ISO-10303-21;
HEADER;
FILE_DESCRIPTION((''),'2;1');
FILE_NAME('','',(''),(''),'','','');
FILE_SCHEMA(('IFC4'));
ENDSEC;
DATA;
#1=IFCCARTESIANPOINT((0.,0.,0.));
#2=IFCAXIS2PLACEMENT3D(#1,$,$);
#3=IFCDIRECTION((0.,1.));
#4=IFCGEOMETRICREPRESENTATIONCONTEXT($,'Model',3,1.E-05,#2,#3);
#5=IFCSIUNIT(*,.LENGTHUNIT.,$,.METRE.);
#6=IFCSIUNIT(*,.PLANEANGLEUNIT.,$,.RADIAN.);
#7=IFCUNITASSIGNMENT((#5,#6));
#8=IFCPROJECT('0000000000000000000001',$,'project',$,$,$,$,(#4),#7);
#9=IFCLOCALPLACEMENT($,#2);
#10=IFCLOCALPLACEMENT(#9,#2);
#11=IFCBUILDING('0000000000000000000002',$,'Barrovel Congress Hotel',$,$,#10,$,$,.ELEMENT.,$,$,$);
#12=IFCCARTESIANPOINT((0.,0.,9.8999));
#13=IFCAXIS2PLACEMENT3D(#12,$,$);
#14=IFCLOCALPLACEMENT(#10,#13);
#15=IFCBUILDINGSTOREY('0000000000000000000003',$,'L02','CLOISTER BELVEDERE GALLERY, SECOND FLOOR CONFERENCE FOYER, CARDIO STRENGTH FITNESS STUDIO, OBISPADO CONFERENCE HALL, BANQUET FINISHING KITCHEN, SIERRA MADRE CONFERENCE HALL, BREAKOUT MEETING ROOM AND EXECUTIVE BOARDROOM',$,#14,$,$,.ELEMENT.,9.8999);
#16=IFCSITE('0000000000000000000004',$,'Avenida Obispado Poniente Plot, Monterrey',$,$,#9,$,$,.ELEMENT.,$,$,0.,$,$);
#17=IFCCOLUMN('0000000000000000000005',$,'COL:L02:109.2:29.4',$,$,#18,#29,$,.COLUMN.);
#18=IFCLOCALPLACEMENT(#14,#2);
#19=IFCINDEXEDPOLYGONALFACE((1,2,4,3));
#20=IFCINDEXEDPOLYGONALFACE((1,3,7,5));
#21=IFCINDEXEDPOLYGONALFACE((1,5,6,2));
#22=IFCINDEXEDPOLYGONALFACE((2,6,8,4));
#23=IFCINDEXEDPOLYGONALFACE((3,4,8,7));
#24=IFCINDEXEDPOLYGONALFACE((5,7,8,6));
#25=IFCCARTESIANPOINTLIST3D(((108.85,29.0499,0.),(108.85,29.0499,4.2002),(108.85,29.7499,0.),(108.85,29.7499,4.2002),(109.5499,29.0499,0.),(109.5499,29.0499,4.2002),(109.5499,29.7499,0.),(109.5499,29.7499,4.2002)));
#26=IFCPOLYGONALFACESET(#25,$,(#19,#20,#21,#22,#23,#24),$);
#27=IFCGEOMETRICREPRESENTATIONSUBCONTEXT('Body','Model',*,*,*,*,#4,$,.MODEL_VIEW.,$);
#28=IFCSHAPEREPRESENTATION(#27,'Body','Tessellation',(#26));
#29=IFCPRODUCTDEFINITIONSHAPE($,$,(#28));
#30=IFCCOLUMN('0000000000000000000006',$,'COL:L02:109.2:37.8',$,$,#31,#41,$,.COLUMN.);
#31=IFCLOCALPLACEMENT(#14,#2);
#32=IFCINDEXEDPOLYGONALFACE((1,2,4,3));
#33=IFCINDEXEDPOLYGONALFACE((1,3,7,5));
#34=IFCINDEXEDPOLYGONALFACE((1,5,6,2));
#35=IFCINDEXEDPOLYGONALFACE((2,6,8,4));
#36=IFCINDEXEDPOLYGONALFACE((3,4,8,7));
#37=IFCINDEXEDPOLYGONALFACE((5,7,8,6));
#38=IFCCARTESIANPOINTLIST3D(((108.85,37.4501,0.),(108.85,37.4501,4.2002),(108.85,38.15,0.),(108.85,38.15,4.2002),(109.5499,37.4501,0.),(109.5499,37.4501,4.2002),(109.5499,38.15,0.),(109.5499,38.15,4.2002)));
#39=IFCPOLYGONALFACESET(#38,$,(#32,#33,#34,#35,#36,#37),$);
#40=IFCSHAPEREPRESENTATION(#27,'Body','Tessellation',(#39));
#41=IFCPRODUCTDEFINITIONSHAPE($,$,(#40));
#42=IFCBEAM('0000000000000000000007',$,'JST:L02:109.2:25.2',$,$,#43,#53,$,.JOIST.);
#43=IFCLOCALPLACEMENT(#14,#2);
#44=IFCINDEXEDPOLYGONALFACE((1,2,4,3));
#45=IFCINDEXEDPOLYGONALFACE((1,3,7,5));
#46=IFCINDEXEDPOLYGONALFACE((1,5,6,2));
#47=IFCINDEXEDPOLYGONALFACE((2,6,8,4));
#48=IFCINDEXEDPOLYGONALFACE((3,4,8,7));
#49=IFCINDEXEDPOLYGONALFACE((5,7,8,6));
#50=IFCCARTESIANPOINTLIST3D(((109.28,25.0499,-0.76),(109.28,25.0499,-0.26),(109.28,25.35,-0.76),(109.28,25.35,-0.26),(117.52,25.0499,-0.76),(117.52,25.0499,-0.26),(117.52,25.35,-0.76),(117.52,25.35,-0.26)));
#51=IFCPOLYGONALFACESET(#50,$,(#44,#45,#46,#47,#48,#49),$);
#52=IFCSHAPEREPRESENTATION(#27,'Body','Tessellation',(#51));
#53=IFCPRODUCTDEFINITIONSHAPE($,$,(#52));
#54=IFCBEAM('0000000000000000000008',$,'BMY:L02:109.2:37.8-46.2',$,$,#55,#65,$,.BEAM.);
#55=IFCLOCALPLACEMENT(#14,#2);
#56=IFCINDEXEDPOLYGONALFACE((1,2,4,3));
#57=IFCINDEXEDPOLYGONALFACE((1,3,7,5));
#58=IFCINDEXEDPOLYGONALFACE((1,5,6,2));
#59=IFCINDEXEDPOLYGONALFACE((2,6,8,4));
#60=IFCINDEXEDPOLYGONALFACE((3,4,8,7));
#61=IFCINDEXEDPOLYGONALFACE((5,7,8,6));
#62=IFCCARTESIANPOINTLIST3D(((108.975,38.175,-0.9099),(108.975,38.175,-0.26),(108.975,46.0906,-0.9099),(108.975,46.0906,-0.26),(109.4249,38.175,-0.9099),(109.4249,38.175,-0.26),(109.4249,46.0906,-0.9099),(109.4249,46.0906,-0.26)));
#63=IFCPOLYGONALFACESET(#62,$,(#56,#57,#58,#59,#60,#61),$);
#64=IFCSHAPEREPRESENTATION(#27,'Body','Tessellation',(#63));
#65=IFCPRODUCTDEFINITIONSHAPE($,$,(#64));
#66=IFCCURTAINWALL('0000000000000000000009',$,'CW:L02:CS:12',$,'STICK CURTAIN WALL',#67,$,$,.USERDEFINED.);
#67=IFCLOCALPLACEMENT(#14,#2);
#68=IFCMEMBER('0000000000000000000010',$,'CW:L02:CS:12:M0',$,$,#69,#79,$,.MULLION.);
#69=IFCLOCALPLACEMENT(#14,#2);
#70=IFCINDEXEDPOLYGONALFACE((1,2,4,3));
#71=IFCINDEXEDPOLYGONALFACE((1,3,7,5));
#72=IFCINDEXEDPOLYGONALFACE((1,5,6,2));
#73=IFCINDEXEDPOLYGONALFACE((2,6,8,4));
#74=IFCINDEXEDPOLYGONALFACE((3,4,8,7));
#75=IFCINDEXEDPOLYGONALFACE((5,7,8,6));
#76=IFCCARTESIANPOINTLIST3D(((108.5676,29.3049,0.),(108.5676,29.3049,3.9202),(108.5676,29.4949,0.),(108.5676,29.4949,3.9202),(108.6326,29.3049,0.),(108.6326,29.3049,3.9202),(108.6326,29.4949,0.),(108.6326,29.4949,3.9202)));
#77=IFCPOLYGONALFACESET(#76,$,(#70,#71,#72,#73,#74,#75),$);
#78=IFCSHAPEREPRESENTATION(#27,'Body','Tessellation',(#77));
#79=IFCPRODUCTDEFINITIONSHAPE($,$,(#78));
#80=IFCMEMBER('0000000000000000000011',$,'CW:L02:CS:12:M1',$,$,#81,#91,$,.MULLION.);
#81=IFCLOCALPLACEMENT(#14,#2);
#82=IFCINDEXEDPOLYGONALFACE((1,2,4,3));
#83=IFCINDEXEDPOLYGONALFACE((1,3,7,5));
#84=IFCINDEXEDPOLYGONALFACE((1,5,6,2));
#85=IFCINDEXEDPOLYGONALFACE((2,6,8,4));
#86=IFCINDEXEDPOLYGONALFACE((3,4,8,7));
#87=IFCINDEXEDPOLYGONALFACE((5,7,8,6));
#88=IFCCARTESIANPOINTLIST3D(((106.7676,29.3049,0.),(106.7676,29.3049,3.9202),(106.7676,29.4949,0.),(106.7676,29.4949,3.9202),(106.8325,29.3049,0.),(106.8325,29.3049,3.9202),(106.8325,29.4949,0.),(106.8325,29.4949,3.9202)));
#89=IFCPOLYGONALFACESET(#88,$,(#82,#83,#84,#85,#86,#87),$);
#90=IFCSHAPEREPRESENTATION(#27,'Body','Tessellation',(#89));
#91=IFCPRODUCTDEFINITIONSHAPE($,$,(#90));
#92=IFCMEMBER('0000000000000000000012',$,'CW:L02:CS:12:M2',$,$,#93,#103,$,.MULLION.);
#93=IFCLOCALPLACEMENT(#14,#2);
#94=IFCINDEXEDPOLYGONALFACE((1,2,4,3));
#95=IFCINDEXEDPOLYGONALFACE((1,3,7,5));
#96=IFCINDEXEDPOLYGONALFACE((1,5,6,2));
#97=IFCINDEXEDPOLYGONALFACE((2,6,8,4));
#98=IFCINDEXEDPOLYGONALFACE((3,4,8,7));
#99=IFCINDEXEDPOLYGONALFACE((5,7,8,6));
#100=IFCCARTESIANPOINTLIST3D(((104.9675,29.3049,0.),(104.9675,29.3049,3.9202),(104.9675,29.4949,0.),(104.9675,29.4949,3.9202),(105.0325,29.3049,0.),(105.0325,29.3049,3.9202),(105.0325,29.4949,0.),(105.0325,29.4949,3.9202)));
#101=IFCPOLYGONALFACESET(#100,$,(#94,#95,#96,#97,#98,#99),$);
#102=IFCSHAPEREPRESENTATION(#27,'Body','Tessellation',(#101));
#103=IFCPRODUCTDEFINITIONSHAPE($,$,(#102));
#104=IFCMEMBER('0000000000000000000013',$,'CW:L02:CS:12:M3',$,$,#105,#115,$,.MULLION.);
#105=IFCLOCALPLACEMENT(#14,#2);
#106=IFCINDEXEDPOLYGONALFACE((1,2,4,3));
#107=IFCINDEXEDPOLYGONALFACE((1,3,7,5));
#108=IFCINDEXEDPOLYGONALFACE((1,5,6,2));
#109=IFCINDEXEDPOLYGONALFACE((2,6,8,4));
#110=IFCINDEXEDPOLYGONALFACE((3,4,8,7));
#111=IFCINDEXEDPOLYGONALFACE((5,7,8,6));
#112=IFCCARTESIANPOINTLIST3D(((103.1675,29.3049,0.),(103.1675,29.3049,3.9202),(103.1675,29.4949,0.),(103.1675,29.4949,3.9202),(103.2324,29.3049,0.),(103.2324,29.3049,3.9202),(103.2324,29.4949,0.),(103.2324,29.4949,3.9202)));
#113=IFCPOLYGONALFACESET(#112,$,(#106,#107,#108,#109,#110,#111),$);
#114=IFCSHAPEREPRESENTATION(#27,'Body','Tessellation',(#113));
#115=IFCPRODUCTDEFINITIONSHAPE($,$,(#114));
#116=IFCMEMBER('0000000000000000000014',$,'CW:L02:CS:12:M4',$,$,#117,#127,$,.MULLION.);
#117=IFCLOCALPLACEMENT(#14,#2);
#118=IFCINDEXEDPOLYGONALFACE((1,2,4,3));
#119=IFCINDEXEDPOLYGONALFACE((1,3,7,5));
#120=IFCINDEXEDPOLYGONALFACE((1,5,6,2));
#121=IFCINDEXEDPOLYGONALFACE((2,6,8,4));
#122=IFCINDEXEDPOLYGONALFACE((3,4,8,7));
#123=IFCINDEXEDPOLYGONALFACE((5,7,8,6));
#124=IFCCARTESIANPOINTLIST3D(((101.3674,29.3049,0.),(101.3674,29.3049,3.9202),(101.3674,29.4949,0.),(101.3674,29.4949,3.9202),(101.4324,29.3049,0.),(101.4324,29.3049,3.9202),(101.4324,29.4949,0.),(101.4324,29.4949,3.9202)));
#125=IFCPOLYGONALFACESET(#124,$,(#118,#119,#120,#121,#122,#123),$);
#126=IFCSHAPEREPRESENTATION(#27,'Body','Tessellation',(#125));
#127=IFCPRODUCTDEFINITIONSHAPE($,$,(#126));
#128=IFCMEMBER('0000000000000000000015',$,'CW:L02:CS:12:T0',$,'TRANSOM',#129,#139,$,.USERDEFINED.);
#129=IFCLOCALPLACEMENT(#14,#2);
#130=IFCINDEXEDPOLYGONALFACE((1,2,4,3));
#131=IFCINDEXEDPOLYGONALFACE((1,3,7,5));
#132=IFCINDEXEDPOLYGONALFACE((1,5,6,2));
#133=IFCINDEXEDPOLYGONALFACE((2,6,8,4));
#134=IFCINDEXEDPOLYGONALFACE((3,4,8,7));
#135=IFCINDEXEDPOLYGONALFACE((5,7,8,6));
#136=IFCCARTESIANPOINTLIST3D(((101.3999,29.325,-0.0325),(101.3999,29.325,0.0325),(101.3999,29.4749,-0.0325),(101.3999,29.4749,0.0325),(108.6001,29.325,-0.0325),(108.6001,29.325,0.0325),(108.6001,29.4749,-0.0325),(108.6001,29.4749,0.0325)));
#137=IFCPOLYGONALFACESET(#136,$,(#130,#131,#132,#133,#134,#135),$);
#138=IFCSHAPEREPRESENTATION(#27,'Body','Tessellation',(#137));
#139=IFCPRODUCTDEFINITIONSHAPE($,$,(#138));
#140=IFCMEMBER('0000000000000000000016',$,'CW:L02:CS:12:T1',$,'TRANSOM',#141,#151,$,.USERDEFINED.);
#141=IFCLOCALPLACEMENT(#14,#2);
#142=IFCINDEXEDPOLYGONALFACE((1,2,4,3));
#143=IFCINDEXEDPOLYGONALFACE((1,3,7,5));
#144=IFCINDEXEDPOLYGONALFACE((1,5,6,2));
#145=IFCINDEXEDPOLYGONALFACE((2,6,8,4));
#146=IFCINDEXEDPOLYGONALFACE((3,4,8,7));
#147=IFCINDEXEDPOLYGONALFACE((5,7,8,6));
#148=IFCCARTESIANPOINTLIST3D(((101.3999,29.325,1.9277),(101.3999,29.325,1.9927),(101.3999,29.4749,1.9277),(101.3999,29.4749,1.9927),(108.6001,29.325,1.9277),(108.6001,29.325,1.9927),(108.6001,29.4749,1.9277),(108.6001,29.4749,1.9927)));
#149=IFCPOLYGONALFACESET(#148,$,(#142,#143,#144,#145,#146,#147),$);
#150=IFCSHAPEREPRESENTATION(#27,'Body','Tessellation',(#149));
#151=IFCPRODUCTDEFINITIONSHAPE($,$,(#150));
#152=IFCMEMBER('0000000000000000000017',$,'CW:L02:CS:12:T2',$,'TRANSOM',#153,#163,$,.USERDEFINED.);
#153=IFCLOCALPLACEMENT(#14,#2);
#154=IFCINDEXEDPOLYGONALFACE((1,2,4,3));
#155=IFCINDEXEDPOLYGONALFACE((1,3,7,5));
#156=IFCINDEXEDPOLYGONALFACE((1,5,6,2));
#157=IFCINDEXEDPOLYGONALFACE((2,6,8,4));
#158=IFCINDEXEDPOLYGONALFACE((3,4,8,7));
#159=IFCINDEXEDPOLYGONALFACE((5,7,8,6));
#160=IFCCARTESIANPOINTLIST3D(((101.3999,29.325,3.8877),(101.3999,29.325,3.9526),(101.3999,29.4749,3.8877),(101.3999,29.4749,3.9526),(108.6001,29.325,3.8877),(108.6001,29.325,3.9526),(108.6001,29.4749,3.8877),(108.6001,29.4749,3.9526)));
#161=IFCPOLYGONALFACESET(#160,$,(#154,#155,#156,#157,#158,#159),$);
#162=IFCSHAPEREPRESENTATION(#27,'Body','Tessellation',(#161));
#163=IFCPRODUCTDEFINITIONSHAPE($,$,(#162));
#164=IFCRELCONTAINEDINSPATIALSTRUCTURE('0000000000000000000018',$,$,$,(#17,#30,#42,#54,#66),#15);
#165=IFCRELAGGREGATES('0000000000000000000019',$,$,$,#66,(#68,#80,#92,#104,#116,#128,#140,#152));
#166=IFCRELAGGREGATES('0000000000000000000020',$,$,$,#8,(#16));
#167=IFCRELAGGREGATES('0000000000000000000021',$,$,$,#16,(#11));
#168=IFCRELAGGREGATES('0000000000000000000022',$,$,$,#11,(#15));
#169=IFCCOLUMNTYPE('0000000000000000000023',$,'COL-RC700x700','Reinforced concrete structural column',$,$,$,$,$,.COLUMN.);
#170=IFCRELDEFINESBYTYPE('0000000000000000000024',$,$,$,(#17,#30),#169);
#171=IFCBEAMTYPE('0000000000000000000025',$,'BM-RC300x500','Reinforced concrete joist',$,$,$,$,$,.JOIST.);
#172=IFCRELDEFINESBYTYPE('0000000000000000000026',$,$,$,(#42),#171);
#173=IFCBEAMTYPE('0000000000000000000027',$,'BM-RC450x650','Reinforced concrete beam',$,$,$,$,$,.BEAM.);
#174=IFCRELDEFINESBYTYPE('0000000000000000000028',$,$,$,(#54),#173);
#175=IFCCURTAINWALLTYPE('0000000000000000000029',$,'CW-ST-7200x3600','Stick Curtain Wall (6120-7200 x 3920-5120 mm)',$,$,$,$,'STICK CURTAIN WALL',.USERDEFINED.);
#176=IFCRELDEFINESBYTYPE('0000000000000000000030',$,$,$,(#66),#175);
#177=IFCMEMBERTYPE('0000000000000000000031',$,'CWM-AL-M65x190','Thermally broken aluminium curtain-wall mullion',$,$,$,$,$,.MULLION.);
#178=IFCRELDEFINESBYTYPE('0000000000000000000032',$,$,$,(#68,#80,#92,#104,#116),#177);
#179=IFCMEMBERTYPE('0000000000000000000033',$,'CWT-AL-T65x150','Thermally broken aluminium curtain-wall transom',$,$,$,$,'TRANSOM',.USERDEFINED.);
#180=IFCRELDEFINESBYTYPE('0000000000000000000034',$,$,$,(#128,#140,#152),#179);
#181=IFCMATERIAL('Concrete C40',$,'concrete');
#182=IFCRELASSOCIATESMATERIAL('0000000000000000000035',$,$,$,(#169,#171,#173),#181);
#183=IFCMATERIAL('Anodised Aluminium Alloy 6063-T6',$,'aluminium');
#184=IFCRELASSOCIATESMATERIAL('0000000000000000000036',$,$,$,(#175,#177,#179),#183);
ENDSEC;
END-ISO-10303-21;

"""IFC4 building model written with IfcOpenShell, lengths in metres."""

from ifc_helpers import new_model, si_unit, direction, frame, origin, origin_2d, place, context, subcontext, project, spatial, rectangle, extrude, material, material_profile, profile_set, type_object, element, aggregate, save


model = new_model("IFC4")

# Units and contexts
model_context = context("Model", 3, precision=1e-05, world=origin(), true_north=direction((0.0, 1.0)))
body_context = subcontext(model_context, "Body", "Model", "MODEL_VIEW")
ifc_project = project(units=[si_unit("LENGTHUNIT", "METRE"), si_unit("PLANEANGLEUNIT", "RADIAN")], contexts=[model_context])

# Site, building, storey
site_placement = place(None, origin())
site = spatial("IfcSite", under=ifc_project, at=site_placement, Name="Avenida Obispado Poniente Plot, Monterrey", CompositionType="ELEMENT", RefElevation=0.0)
building_placement = place(site_placement, origin())
building = spatial("IfcBuilding", under=site, at=building_placement, Name="Barrovel Congress Hotel", CompositionType="ELEMENT")
storey_placement = place(building_placement, frame((0.0, 0.0, 9.8999)))
storey = spatial("IfcBuildingStorey", under=building, at=storey_placement, Name="L02", Description="CLOISTER BELVEDERE GALLERY, SECOND FLOOR CONFERENCE FOYER, CARDIO STRENGTH FITNESS STUDIO, OBISPADO CONFERENCE HALL, BANQUET FINISHING KITCHEN, SIERRA MADRE CONFERENCE HALL, BREAKOUT MEETING ROOM AND EXECUTIVE BOARDROOM", CompositionType="ELEMENT", Elevation=9.8999)

# Columns
ifc_material_1 = material(Name="Concrete C40", Category="concrete")
ifc_material_profile_1 = material_profile(ifc_material_1, rectangle(XDim=0.7, YDim=0.7, at=origin_2d()), Name="RC700x700")
ifc_profile_set_1 = profile_set([ifc_material_profile_1], Name="Concrete C40")
column_type = type_object("IfcColumnType", Name="COL-RC700x700", Description="Reinforced concrete structural column", PredefinedType="COLUMN", material=ifc_profile_set_1)
for number, where, z_axis, x_axis, name in (
    (1, (109.2, 29.3999, 0.0), (0.0, 0.0, 1.0), (1.0, 0.0, 0.0), "COL:L02:109.2:29.4"),
    (2, (109.2, 37.8, 0.0), (0.0, 0.0, 1.0), (1.0, 0.0, 0.0), "COL:L02:109.2:37.8"),
):
    element("IfcColumn", number, at=place(storey_placement, frame(where, z_axis=z_axis, x_axis=x_axis)), inside=storey, type_object=column_type, Name=name, PredefinedType="COLUMN", context=body_context, shape_type="SweptSolid", body=[
        extrude(rectangle(XDim=0.7, YDim=0.7, at=origin_2d()), origin(), (0.0, 0.0, 1.0), 4.2002),
    ])

# Beams
ifc_material_profile_2 = material_profile(ifc_material_1, rectangle(XDim=0.3, YDim=0.5, at=origin_2d()), Name="RC300x500")
ifc_profile_set_2 = profile_set([ifc_material_profile_2], Name="Concrete C40")
beam_type_1 = type_object("IfcBeamType", Name="BM-RC300x500", Description="Reinforced concrete joist", PredefinedType="JOIST", material=ifc_profile_set_2)
beam_1_placement = place(storey_placement, frame((109.28, 25.2, -0.51), z_axis=(1.0, 0.0, 0.0), x_axis=(0.0, 1.0, 0.0)))
element("IfcBeam", 3, at=beam_1_placement, inside=storey, type_object=beam_type_1, Name="JST:L02:109.2:25.2", PredefinedType="JOIST", context=body_context, shape_type="SweptSolid", body=[
    extrude(rectangle(XDim=0.3, YDim=0.5, at=origin_2d()), origin(), (0.0, 0.0, 1.0), 8.24),
])
ifc_material_profile_3 = material_profile(ifc_material_1, rectangle(XDim=0.45, YDim=0.6499, at=origin_2d()), Name="RC450x650")
ifc_profile_set_3 = profile_set([ifc_material_profile_3], Name="Concrete C40")
beam_type_2 = type_object("IfcBeamType", Name="BM-RC450x650", Description="Reinforced concrete beam", PredefinedType="BEAM", material=ifc_profile_set_3)
beam_2_placement = place(storey_placement, frame((109.2, 38.175, -0.585), z_axis=(0.0, 1.0, 0.0), x_axis=(-1.0, 0.0, 0.0)))
element("IfcBeam", 4, at=beam_2_placement, inside=storey, type_object=beam_type_2, Name="BMY:L02:109.2:37.8-46.2", PredefinedType="BEAM", context=body_context, shape_type="SweptSolid", body=[
    extrude(rectangle(XDim=0.45, YDim=0.6499, at=origin_2d()), origin(), (0.0, 0.0, 1.0), 7.9155),
])

# Curtain wall, members
ifc_material_2 = material(Name="Anodised Aluminium Alloy 6063-T6", Category="aluminium")
curtain_wall_type = type_object("IfcCurtainWallType", Name="CW-ST-7200x3600", Description="Stick Curtain Wall (6120-7200 x 3920-5120 mm)", ElementType="STICK CURTAIN WALL", PredefinedType="USERDEFINED", material=ifc_material_2)
curtain_wall_placement = place(storey_placement, origin())
curtain_wall = element("IfcCurtainWall", 5, at=curtain_wall_placement, inside=storey, type_object=curtain_wall_type, Name="CW:L02:CS:12", ObjectType="STICK CURTAIN WALL", PredefinedType="USERDEFINED")
ifc_material_profile_4 = material_profile(ifc_material_2, rectangle(XDim=0.0649, YDim=0.1899, at=origin_2d()), Name="AL-M65x190")
ifc_profile_set_4 = profile_set([ifc_material_profile_4], Name="Anodised Aluminium Alloy 6063-T6")
member_type_1 = type_object("IfcMemberType", Name="CWM-AL-M65x190", Description="Thermally broken aluminium curtain-wall mullion", PredefinedType="MULLION", material=ifc_profile_set_4)
member_1_placement = place(storey_placement, frame((108.6001, 29.3999, 0.0), z_axis=(0.0, 0.0, 1.0), x_axis=(1.0, 0.0, 0.0)))
member_1 = element("IfcMember", 6, at=member_1_placement, type_object=member_type_1, Name="CW:L02:CS:12:M0", PredefinedType="MULLION", context=body_context, shape_type="SweptSolid", body=[
    extrude(rectangle(XDim=0.0649, YDim=0.1899, at=origin_2d()), origin(), (0.0, 0.0, 1.0), 3.9202),
])
member_2_placement = place(storey_placement, frame((106.8, 29.3999, 0.0), z_axis=(0.0, 0.0, 1.0), x_axis=(1.0, 0.0, 0.0)))
member_2 = element("IfcMember", 7, at=member_2_placement, type_object=member_type_1, Name="CW:L02:CS:12:M1", PredefinedType="MULLION", context=body_context, shape_type="SweptSolid", body=[
    extrude(rectangle(XDim=0.0649, YDim=0.1899, at=origin_2d()), origin(), (0.0, 0.0, 1.0), 3.9202),
])
member_3_placement = place(storey_placement, frame((105.0, 29.3999, 0.0), z_axis=(0.0, 0.0, 1.0), x_axis=(1.0, 0.0, 0.0)))
member_3 = element("IfcMember", 8, at=member_3_placement, type_object=member_type_1, Name="CW:L02:CS:12:M2", PredefinedType="MULLION", context=body_context, shape_type="SweptSolid", body=[
    extrude(rectangle(XDim=0.0649, YDim=0.1899, at=origin_2d()), origin(), (0.0, 0.0, 1.0), 3.9202),
])
member_4_placement = place(storey_placement, frame((103.2, 29.3999, 0.0), z_axis=(0.0, 0.0, 1.0), x_axis=(1.0, 0.0, 0.0)))
member_4 = element("IfcMember", 9, at=member_4_placement, type_object=member_type_1, Name="CW:L02:CS:12:M3", PredefinedType="MULLION", context=body_context, shape_type="SweptSolid", body=[
    extrude(rectangle(XDim=0.0649, YDim=0.1899, at=origin_2d()), origin(), (0.0, 0.0, 1.0), 3.9202),
])
member_5_placement = place(storey_placement, frame((101.3999, 29.3999, 0.0), z_axis=(0.0, 0.0, 1.0), x_axis=(1.0, 0.0, 0.0)))
member_5 = element("IfcMember", 10, at=member_5_placement, type_object=member_type_1, Name="CW:L02:CS:12:M4", PredefinedType="MULLION", context=body_context, shape_type="SweptSolid", body=[
    extrude(rectangle(XDim=0.0649, YDim=0.1899, at=origin_2d()), origin(), (0.0, 0.0, 1.0), 3.9202),
])
ifc_material_profile_5 = material_profile(ifc_material_2, rectangle(XDim=0.1499, YDim=0.0649, at=origin_2d()), Name="AL-T65x150")
ifc_profile_set_5 = profile_set([ifc_material_profile_5], Name="Anodised Aluminium Alloy 6063-T6")
member_type_2 = type_object("IfcMemberType", Name="CWT-AL-T65x150", Description="Thermally broken aluminium curtain-wall transom", ElementType="TRANSOM", PredefinedType="USERDEFINED", material=ifc_profile_set_5)
member_6_placement = place(storey_placement, frame((108.6001, 29.3999, 0.0), z_axis=(-1.0, 0.0, 0.0), x_axis=(0.0, -1.0, 0.0)))
member_6 = element("IfcMember", 11, at=member_6_placement, type_object=member_type_2, Name="CW:L02:CS:12:T0", ObjectType="TRANSOM", PredefinedType="USERDEFINED", context=body_context, shape_type="SweptSolid", body=[
    extrude(rectangle(XDim=0.1499, YDim=0.0649, at=origin_2d()), origin(), (0.0, 0.0, 1.0), 7.2002),
])
member_7_placement = place(storey_placement, frame((108.6001, 29.3999, 1.9602), z_axis=(-1.0, 0.0, 0.0), x_axis=(0.0, -1.0, 0.0)))
member_7 = element("IfcMember", 12, at=member_7_placement, type_object=member_type_2, Name="CW:L02:CS:12:T1", ObjectType="TRANSOM", PredefinedType="USERDEFINED", context=body_context, shape_type="SweptSolid", body=[
    extrude(rectangle(XDim=0.1499, YDim=0.0649, at=origin_2d()), origin(), (0.0, 0.0, 1.0), 7.2002),
])
member_8_placement = place(storey_placement, frame((108.6001, 29.3999, 3.9202), z_axis=(-1.0, 0.0, 0.0), x_axis=(0.0, -1.0, 0.0)))
member_8 = element("IfcMember", 13, at=member_8_placement, type_object=member_type_2, Name="CW:L02:CS:12:T2", ObjectType="TRANSOM", PredefinedType="USERDEFINED", context=body_context, shape_type="SweptSolid", body=[
    extrude(rectangle(XDim=0.1499, YDim=0.0649, at=origin_2d()), origin(), (0.0, 0.0, 1.0), 7.2002),
])

aggregate(curtain_wall, [member_1, member_2, member_3, member_4, member_5, member_6, member_7, member_8])

save(model, "model.ifc")
